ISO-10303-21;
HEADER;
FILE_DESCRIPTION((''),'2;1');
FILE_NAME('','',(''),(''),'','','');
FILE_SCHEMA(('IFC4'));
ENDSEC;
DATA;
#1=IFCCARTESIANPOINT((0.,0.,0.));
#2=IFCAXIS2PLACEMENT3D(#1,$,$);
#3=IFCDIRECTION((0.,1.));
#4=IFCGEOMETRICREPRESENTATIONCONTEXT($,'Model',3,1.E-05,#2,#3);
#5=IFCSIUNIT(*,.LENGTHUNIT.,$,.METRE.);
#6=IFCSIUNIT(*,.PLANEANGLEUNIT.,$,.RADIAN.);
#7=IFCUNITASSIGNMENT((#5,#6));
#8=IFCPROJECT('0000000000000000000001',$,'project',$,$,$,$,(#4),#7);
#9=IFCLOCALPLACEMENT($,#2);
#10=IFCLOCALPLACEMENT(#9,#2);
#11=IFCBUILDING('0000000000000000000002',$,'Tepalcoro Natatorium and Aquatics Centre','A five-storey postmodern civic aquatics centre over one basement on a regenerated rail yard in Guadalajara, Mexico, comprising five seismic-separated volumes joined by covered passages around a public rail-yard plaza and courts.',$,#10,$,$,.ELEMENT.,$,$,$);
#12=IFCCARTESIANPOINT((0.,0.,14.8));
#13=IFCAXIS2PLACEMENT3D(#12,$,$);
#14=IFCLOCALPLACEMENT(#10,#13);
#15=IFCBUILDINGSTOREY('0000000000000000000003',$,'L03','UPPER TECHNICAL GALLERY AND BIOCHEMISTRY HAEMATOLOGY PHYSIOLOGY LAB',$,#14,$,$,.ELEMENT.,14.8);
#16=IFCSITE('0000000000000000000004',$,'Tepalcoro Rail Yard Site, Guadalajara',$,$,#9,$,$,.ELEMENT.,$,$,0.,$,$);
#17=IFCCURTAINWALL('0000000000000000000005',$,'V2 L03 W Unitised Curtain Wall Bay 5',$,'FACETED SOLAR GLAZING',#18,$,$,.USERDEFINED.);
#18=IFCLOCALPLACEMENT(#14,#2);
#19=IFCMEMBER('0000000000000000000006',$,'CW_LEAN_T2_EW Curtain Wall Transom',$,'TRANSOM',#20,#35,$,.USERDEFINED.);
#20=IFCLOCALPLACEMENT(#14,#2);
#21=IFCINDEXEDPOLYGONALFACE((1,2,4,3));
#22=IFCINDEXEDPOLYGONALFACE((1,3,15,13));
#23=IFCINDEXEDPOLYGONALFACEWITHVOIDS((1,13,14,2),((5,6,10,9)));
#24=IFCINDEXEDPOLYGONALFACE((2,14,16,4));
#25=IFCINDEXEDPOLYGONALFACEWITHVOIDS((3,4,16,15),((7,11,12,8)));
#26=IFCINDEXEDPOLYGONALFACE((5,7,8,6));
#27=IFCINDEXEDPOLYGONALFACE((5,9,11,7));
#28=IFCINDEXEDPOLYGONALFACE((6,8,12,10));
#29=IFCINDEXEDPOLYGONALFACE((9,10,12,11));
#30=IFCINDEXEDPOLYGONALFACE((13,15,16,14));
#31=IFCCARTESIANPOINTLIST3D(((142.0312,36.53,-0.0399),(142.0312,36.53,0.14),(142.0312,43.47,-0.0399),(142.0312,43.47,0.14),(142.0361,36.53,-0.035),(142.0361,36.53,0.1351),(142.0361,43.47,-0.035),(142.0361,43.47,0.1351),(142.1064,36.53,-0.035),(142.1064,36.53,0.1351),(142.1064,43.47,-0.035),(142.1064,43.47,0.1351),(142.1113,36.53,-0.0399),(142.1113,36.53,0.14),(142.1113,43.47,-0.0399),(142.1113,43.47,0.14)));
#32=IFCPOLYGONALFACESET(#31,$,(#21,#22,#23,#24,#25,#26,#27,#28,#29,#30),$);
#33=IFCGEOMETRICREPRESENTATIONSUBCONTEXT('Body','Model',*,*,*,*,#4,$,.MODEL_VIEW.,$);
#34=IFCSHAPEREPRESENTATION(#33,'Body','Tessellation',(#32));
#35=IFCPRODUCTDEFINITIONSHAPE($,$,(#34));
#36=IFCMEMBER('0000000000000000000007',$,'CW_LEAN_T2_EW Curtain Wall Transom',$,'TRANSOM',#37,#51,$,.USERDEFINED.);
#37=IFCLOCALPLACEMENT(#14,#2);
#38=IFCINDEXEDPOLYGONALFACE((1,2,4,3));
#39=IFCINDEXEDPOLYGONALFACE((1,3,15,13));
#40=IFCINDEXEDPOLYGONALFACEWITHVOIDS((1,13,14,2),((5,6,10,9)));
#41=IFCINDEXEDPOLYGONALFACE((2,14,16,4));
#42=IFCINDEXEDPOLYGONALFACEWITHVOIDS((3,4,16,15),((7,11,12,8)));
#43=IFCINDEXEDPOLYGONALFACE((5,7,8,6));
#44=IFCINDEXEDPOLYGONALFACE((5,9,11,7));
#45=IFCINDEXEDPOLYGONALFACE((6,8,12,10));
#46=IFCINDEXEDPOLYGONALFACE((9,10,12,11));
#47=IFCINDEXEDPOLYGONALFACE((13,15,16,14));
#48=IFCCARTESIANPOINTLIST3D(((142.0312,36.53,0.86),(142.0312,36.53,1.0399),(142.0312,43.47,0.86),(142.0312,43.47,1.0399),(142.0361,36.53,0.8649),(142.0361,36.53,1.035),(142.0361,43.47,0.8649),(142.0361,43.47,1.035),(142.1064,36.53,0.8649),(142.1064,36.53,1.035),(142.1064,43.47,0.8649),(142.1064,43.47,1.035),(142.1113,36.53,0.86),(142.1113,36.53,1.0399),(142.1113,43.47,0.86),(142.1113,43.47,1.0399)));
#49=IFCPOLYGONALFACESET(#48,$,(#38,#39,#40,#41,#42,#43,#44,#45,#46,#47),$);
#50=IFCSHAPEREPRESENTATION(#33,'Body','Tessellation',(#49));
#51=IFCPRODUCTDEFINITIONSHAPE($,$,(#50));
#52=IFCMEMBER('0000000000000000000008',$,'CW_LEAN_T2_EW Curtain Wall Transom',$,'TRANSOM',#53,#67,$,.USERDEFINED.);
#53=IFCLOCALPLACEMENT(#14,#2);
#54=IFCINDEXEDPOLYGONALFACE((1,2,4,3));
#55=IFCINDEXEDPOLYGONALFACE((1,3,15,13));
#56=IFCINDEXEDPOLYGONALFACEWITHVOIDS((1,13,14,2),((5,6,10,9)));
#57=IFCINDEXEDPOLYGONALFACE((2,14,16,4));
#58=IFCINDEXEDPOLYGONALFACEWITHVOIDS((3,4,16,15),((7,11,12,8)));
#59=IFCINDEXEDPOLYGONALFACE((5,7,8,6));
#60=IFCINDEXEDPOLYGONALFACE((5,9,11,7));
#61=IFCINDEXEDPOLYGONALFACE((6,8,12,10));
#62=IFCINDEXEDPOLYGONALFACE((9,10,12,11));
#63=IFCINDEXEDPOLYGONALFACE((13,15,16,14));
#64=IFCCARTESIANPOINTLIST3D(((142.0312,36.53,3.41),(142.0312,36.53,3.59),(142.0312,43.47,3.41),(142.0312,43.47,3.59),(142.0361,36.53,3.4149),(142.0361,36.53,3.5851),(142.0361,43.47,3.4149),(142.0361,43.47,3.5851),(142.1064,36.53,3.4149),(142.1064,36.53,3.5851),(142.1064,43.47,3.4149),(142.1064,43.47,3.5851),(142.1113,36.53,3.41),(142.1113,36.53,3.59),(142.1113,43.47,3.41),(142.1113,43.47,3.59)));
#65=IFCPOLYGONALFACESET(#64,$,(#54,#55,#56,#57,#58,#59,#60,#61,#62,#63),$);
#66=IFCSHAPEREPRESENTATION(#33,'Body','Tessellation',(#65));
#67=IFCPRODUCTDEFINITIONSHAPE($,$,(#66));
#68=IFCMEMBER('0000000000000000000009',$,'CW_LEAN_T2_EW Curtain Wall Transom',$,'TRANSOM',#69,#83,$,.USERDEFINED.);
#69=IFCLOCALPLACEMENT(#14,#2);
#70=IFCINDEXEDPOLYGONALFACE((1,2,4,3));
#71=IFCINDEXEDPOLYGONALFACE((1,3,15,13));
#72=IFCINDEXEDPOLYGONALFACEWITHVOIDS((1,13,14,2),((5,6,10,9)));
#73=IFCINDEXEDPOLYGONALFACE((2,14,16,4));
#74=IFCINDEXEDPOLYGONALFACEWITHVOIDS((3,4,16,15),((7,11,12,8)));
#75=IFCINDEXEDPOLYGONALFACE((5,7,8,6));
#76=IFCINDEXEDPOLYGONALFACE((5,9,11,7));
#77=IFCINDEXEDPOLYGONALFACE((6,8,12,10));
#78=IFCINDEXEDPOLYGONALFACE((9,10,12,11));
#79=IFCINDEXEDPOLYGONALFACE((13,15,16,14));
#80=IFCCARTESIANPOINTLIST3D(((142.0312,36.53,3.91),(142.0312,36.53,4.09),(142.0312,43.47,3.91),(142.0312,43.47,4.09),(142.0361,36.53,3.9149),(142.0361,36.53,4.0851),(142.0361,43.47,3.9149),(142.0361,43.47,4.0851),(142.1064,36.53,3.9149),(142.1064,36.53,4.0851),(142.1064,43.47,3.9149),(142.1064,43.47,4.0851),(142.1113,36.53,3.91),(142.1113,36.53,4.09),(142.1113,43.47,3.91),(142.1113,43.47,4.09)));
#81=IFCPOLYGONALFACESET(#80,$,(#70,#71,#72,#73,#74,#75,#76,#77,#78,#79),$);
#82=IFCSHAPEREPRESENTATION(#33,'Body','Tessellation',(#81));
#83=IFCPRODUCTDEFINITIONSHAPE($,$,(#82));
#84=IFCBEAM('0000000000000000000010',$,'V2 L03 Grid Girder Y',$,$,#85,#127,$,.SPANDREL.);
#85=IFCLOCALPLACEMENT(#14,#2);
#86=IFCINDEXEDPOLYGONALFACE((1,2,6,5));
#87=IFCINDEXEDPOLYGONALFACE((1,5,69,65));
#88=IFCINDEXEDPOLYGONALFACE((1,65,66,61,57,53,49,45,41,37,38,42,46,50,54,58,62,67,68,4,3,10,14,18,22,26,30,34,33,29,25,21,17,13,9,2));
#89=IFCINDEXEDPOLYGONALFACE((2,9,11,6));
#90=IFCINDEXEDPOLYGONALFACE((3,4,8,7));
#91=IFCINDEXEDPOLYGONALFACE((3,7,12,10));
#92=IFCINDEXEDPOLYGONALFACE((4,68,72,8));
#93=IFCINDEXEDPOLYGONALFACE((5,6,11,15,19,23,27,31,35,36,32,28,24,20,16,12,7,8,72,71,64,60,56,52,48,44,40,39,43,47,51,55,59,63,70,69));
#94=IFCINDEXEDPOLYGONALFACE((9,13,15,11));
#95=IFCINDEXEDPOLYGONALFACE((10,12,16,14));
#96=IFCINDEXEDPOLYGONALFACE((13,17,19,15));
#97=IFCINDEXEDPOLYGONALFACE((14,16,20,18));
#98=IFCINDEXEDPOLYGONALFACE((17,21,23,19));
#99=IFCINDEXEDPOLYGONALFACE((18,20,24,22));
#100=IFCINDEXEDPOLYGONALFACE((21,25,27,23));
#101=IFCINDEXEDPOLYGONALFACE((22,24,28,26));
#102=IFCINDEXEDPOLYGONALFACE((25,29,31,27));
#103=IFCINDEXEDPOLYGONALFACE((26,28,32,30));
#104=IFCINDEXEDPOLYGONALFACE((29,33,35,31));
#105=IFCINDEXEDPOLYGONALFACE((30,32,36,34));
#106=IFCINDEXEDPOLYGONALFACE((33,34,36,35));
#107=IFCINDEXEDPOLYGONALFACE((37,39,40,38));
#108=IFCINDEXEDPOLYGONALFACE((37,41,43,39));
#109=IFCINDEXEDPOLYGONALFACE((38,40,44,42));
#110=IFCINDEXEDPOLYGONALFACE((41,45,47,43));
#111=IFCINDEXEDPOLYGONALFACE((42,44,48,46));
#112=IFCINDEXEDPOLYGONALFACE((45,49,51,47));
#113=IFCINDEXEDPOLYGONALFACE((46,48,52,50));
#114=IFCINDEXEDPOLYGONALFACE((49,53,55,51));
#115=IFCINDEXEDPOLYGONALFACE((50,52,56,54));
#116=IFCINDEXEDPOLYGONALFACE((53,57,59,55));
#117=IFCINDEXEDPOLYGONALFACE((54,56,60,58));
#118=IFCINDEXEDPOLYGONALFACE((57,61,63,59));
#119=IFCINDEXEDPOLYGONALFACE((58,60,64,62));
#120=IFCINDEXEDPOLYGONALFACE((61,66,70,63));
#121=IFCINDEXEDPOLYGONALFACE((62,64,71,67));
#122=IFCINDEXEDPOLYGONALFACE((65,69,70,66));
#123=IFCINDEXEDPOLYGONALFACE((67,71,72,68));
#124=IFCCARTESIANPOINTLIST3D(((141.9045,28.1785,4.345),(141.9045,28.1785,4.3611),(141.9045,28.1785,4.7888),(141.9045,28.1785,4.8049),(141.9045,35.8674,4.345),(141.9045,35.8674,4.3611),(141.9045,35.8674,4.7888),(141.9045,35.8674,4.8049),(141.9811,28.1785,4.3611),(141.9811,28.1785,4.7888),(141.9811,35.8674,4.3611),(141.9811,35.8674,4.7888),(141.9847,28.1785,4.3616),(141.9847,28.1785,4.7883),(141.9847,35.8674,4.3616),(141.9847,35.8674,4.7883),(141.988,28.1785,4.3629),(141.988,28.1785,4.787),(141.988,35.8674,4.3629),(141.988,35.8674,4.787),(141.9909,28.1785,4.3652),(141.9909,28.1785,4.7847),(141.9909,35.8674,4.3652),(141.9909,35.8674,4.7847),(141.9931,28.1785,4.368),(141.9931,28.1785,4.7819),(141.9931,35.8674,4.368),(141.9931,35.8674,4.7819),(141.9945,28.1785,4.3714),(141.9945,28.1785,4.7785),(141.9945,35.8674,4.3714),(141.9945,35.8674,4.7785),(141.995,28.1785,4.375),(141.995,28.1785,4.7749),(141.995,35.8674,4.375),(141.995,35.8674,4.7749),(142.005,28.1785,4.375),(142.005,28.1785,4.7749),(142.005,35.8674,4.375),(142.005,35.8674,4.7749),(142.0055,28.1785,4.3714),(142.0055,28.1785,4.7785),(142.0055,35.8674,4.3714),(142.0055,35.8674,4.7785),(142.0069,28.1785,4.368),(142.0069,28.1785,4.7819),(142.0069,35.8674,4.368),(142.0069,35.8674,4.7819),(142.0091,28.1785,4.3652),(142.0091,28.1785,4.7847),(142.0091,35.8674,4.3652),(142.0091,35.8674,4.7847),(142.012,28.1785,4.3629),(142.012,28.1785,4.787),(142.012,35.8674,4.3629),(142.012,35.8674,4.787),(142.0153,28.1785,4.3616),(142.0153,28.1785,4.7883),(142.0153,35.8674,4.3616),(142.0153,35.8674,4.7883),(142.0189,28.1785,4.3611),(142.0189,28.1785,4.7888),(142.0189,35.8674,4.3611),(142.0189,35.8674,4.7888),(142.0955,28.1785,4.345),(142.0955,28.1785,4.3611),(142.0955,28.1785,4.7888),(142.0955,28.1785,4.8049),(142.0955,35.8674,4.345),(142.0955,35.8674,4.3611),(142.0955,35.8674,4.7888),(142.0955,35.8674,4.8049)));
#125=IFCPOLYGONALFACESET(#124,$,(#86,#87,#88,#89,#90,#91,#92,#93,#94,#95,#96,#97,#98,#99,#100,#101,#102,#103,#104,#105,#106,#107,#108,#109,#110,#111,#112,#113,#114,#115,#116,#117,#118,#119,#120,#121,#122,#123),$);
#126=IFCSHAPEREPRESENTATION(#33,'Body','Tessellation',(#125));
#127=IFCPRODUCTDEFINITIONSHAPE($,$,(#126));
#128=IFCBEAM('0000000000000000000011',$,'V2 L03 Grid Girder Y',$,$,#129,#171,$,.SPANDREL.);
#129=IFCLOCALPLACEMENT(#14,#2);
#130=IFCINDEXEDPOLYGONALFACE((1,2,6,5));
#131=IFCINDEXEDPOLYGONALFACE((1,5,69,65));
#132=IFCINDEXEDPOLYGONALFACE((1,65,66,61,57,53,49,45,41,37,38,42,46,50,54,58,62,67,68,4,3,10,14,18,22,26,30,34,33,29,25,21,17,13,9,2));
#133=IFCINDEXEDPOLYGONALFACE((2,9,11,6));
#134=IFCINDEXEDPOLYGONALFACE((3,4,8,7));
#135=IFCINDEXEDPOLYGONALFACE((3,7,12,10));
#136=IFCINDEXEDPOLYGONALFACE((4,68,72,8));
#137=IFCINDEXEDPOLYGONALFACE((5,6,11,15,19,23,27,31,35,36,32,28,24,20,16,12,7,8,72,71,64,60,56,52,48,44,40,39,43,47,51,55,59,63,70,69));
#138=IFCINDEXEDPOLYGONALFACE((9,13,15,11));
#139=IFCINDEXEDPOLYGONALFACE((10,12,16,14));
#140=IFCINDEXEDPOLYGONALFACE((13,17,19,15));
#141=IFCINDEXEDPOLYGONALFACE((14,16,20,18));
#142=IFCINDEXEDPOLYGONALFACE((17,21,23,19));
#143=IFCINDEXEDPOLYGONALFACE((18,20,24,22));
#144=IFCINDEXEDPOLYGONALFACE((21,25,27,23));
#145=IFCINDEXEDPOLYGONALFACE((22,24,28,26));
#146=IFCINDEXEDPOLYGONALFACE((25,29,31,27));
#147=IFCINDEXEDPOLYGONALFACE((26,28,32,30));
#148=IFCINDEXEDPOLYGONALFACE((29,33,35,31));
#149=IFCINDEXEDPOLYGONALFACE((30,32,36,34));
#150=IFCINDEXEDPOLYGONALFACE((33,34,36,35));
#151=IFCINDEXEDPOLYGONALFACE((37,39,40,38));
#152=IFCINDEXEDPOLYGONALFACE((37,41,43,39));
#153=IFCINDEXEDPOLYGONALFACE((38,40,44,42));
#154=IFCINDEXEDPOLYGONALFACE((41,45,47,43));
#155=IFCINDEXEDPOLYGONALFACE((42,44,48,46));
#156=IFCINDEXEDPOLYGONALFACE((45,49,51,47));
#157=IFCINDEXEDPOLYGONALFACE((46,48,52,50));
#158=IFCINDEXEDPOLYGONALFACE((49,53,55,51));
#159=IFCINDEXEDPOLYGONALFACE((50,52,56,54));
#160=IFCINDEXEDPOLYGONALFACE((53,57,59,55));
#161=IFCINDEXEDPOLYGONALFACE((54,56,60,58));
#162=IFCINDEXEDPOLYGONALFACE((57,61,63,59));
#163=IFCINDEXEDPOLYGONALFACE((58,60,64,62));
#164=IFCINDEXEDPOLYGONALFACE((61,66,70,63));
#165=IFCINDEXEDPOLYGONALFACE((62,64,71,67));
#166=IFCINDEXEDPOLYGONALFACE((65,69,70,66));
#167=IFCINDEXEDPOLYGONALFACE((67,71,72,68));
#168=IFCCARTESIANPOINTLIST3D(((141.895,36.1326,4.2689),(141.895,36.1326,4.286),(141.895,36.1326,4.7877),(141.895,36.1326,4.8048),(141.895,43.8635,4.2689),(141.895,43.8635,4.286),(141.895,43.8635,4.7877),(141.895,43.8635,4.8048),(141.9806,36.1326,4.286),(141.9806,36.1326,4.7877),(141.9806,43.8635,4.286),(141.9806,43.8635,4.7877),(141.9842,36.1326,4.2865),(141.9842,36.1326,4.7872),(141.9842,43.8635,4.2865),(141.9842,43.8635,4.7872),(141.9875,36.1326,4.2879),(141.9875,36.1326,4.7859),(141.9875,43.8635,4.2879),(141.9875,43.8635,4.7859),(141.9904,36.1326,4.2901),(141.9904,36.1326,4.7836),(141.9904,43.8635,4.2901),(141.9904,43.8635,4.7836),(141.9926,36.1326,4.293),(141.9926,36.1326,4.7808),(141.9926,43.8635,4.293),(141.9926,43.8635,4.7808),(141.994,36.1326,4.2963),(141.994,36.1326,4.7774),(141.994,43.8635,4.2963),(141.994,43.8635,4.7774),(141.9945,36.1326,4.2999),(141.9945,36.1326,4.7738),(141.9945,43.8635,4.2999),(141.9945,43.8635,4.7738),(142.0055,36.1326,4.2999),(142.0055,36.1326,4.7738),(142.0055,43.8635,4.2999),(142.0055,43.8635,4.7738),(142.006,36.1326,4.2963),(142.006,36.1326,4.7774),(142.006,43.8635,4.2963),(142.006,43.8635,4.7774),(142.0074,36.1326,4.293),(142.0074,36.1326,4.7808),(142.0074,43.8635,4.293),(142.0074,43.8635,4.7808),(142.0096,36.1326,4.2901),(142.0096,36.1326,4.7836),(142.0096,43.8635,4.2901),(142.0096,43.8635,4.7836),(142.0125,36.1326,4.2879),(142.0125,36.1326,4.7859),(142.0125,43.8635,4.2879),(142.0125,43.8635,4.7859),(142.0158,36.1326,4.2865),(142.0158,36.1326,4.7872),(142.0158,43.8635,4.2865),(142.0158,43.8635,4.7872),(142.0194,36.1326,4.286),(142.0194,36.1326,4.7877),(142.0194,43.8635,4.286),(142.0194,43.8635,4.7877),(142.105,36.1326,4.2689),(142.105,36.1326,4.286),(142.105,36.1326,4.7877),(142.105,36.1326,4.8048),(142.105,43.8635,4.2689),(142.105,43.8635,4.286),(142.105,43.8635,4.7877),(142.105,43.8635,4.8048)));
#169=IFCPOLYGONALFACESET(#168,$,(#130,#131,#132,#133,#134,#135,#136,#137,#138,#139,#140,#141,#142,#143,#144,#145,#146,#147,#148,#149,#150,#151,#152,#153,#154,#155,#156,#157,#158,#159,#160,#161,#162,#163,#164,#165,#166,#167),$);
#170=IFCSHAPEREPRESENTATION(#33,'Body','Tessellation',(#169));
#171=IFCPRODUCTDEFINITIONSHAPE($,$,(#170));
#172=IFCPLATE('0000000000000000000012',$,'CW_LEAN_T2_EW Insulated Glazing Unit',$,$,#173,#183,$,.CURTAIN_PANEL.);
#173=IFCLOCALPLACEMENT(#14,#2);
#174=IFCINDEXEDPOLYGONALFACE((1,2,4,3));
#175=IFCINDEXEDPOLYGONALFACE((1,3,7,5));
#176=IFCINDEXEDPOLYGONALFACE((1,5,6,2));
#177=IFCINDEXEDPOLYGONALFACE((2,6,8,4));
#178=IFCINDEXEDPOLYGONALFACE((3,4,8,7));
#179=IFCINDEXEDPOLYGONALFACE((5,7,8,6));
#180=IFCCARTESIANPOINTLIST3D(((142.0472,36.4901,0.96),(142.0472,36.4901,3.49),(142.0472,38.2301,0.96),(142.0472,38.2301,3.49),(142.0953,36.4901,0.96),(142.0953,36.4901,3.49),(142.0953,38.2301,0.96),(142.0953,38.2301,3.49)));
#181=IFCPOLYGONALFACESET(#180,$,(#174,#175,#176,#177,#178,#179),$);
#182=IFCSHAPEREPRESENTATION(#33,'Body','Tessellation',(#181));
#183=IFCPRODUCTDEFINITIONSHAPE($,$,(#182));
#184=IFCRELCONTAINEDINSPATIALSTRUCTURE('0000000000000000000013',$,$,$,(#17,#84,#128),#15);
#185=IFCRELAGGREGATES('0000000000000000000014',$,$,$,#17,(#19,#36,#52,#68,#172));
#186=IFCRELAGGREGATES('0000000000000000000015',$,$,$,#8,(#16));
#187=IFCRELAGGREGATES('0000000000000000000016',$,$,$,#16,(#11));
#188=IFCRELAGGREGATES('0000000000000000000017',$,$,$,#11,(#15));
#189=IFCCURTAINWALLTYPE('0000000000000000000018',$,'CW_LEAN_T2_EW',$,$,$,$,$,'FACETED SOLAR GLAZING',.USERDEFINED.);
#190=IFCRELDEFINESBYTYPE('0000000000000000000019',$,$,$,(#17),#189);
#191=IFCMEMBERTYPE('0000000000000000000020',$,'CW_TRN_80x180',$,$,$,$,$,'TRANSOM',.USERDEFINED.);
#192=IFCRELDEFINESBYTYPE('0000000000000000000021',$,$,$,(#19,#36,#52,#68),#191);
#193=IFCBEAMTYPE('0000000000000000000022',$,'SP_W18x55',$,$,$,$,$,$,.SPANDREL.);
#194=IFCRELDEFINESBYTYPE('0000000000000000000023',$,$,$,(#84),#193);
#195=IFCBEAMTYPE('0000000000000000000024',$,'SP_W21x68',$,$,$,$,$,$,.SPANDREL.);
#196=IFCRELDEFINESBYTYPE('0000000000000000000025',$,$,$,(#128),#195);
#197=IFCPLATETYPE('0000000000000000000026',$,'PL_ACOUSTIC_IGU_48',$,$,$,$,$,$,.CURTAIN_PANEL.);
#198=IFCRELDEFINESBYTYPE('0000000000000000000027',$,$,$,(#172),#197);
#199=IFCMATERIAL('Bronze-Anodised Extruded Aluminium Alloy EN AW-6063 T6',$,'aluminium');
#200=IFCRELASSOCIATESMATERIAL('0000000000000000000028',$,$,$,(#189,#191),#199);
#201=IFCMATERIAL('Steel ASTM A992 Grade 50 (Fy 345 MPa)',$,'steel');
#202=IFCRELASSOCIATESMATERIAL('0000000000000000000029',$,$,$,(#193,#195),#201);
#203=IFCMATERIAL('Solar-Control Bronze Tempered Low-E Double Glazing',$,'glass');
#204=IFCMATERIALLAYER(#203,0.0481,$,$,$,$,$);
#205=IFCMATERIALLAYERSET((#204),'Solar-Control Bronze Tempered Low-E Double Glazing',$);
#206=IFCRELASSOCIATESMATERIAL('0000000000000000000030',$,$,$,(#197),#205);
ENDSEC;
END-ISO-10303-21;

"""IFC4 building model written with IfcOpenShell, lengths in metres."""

from ifc_helpers import new_model, si_unit, direction, frame, origin, origin_2d, place, context, subcontext, project, spatial, rectangle, hollow_rectangle, i_section, extrude, material, layer, layer_set, material_profile, profile_set, type_object, element, aggregate, save


model = new_model("IFC4")

# Units and contexts
model_context = context("Model", 3, precision=1e-05, world=origin(), true_north=direction((0.0, 1.0)))
body_context = subcontext(model_context, "Body", "Model", "MODEL_VIEW")
ifc_project = project(units=[si_unit("LENGTHUNIT", "METRE"), si_unit("PLANEANGLEUNIT", "RADIAN")], contexts=[model_context])

# Site, building, storey
site_placement = place(None, origin())
site = spatial("IfcSite", under=ifc_project, at=site_placement, Name="Tepalcoro Rail Yard Site, Guadalajara", CompositionType="ELEMENT", RefElevation=0.0)
building_placement = place(site_placement, origin())
building = spatial("IfcBuilding", under=site, at=building_placement, Name="Tepalcoro Natatorium and Aquatics Centre", Description="A five-storey postmodern civic aquatics centre over one basement on a regenerated rail yard in Guadalajara, Mexico, comprising five seismic-separated volumes joined by covered passages around a public rail-yard plaza and courts.", CompositionType="ELEMENT")
storey_placement = place(building_placement, frame((0.0, 0.0, 14.8)))
storey = spatial("IfcBuildingStorey", under=building, at=storey_placement, Name="L03", Description="UPPER TECHNICAL GALLERY AND BIOCHEMISTRY HAEMATOLOGY PHYSIOLOGY LAB", CompositionType="ELEMENT", Elevation=14.8)

# Shared definitions
ifc_material_1 = material(Name="Steel ASTM A992 Grade 50 (Fy 345 MPa)", Category="steel")

# Curtain wall, members
ifc_material_2 = material(Name="Bronze-Anodised Extruded Aluminium Alloy EN AW-6063 T6", Category="aluminium")
curtain_wall_type_1 = type_object("IfcCurtainWallType", Name="CW_LEAN_T2_EW", ElementType="FACETED SOLAR GLAZING", PredefinedType="USERDEFINED", material=ifc_material_2)
curtain_wall_1_placement = place(storey_placement, origin())
curtain_wall_1 = element("IfcCurtainWall", 1, at=curtain_wall_1_placement, inside=storey, type_object=curtain_wall_type_1, Name="V2 L03 W Unitised Curtain Wall Bay 5", ObjectType="FACETED SOLAR GLAZING", PredefinedType="USERDEFINED")
ifc_material_profile_1 = material_profile(ifc_material_2, hollow_rectangle(XDim=0.0801, YDim=0.1799, WallThickness=0.0049, at=origin_2d()), Name="AL80X180X5")
ifc_profile_set_1 = profile_set([ifc_material_profile_1], Name="Bronze-Anodised Extruded Aluminium Alloy EN AW-6063 T6")
member_type_1 = type_object("IfcMemberType", Name="CW_TRN_80x180", ElementType="TRANSOM", PredefinedType="USERDEFINED", material=ifc_profile_set_1)
member_1_placement = place(storey_placement, frame((142.0713, 36.53, 0.05), z_axis=(0.0, 1.0, 0.0), x_axis=(-1.0, 0.0, 0.0)))
member_1 = element("IfcMember", 2, at=member_1_placement, type_object=member_type_1, Name="CW_LEAN_T2_EW Curtain Wall Transom", ObjectType="TRANSOM", PredefinedType="USERDEFINED", context=body_context, shape_type="SweptSolid", body=[
    extrude(hollow_rectangle(XDim=0.0801, YDim=0.1799, WallThickness=0.0049, at=origin_2d()), origin(), (0.0, 0.0, 1.0), 6.9399),
])
member_2_placement = place(storey_placement, frame((142.0713, 36.53, 0.95), z_axis=(0.0, 1.0, 0.0), x_axis=(-1.0, 0.0, 0.0)))
member_2 = element("IfcMember", 3, at=member_2_placement, type_object=member_type_1, Name="CW_LEAN_T2_EW Curtain Wall Transom", ObjectType="TRANSOM", PredefinedType="USERDEFINED", context=body_context, shape_type="SweptSolid", body=[
    extrude(hollow_rectangle(XDim=0.0801, YDim=0.1799, WallThickness=0.0049, at=origin_2d()), origin(), (0.0, 0.0, 1.0), 6.9399),
])
member_3_placement = place(storey_placement, frame((142.0713, 36.53, 3.5), z_axis=(0.0, 1.0, 0.0), x_axis=(-1.0, 0.0, 0.0)))
member_3 = element("IfcMember", 4, at=member_3_placement, type_object=member_type_1, Name="CW_LEAN_T2_EW Curtain Wall Transom", ObjectType="TRANSOM", PredefinedType="USERDEFINED", context=body_context, shape_type="SweptSolid", body=[
    extrude(hollow_rectangle(XDim=0.0801, YDim=0.1799, WallThickness=0.0049, at=origin_2d()), origin(), (0.0, 0.0, 1.0), 6.9399),
])
member_4_placement = place(storey_placement, frame((142.0713, 36.53, 4.0), z_axis=(0.0, 1.0, 0.0), x_axis=(-1.0, 0.0, 0.0)))
member_4 = element("IfcMember", 5, at=member_4_placement, type_object=member_type_1, Name="CW_LEAN_T2_EW Curtain Wall Transom", ObjectType="TRANSOM", PredefinedType="USERDEFINED", context=body_context, shape_type="SweptSolid", body=[
    extrude(hollow_rectangle(XDim=0.0801, YDim=0.1799, WallThickness=0.0049, at=origin_2d()), origin(), (0.0, 0.0, 1.0), 6.9399),
])

# Beams
ifc_material_profile_2 = material_profile(ifc_material_1, i_section(OverallWidth=0.1909, OverallDepth=0.46, WebThickness=0.01, FlangeThickness=0.0161, FilletRadius=0.0139, at=origin_2d()), Name="W18X55")
ifc_profile_set_2 = profile_set([ifc_material_profile_2], Name="Steel ASTM A992 Grade 50 (Fy 345 MPa)")
beam_type_1 = type_object("IfcBeamType", Name="SP_W18x55", PredefinedType="SPANDREL", material=ifc_profile_set_2)
beam_1_placement = place(storey_placement, frame((142.0, 28.1785, 4.575), z_axis=(0.0, 1.0, 0.0), x_axis=(-1.0, 0.0, 0.0)))
element("IfcBeam", 6, at=beam_1_placement, inside=storey, type_object=beam_type_1, Name="V2 L03 Grid Girder Y", PredefinedType="SPANDREL", context=body_context, shape_type="SweptSolid", body=[
    extrude(i_section(OverallWidth=0.1909, OverallDepth=0.46, WebThickness=0.01, FlangeThickness=0.0161, FilletRadius=0.0139, at=origin_2d()), origin(), (0.0, 0.0, 1.0), 7.689),
])
ifc_material_profile_3 = material_profile(ifc_material_1, i_section(OverallWidth=0.21, OverallDepth=0.5359, WebThickness=0.011, FlangeThickness=0.0171, FilletRadius=0.0139, at=origin_2d()), Name="W21X68")
ifc_profile_set_3 = profile_set([ifc_material_profile_3], Name="Steel ASTM A992 Grade 50 (Fy 345 MPa)")
beam_type_2 = type_object("IfcBeamType", Name="SP_W21x68", PredefinedType="SPANDREL", material=ifc_profile_set_3)
beam_2_placement = place(storey_placement, frame((142.0, 36.1326, 4.5369), z_axis=(0.0, 1.0, 0.0), x_axis=(-1.0, 0.0, 0.0)))
element("IfcBeam", 7, at=beam_2_placement, inside=storey, type_object=beam_type_2, Name="V2 L03 Grid Girder Y", PredefinedType="SPANDREL", context=body_context, shape_type="SweptSolid", body=[
    extrude(i_section(OverallWidth=0.21, OverallDepth=0.5359, WebThickness=0.011, FlangeThickness=0.0171, FilletRadius=0.0139, at=origin_2d()), origin(), (0.0, 0.0, 1.0), 7.731),
])

# Plate
ifc_material_3 = material(Name="Solar-Control Bronze Tempered Low-E Double Glazing", Category="glass")
ifc_layer_1 = layer(ifc_material_3, 0.0481)
ifc_layer_set_1 = layer_set([ifc_layer_1], Name="Solar-Control Bronze Tempered Low-E Double Glazing")
plate_type_1 = type_object("IfcPlateType", Name="PL_ACOUSTIC_IGU_48", PredefinedType="CURTAIN_PANEL", material=ifc_layer_set_1)
plate_1_placement = place(storey_placement, frame((142.0713, 37.3601, 0.96), z_axis=(0.0, 0.0, 1.0), x_axis=(1.0, 0.0, 0.0)))
plate_1 = element("IfcPlate", 8, at=plate_1_placement, type_object=plate_type_1, Name="CW_LEAN_T2_EW Insulated Glazing Unit", PredefinedType="CURTAIN_PANEL", context=body_context, shape_type="SweptSolid", body=[
    extrude(rectangle(XDim=0.0481, YDim=1.74, at=origin_2d()), origin(), (0.0, 0.0, 1.0), 2.53),
])
aggregate(curtain_wall_1, [member_1, member_2, member_3, member_4, plate_1])

save(model, "model.ifc")
